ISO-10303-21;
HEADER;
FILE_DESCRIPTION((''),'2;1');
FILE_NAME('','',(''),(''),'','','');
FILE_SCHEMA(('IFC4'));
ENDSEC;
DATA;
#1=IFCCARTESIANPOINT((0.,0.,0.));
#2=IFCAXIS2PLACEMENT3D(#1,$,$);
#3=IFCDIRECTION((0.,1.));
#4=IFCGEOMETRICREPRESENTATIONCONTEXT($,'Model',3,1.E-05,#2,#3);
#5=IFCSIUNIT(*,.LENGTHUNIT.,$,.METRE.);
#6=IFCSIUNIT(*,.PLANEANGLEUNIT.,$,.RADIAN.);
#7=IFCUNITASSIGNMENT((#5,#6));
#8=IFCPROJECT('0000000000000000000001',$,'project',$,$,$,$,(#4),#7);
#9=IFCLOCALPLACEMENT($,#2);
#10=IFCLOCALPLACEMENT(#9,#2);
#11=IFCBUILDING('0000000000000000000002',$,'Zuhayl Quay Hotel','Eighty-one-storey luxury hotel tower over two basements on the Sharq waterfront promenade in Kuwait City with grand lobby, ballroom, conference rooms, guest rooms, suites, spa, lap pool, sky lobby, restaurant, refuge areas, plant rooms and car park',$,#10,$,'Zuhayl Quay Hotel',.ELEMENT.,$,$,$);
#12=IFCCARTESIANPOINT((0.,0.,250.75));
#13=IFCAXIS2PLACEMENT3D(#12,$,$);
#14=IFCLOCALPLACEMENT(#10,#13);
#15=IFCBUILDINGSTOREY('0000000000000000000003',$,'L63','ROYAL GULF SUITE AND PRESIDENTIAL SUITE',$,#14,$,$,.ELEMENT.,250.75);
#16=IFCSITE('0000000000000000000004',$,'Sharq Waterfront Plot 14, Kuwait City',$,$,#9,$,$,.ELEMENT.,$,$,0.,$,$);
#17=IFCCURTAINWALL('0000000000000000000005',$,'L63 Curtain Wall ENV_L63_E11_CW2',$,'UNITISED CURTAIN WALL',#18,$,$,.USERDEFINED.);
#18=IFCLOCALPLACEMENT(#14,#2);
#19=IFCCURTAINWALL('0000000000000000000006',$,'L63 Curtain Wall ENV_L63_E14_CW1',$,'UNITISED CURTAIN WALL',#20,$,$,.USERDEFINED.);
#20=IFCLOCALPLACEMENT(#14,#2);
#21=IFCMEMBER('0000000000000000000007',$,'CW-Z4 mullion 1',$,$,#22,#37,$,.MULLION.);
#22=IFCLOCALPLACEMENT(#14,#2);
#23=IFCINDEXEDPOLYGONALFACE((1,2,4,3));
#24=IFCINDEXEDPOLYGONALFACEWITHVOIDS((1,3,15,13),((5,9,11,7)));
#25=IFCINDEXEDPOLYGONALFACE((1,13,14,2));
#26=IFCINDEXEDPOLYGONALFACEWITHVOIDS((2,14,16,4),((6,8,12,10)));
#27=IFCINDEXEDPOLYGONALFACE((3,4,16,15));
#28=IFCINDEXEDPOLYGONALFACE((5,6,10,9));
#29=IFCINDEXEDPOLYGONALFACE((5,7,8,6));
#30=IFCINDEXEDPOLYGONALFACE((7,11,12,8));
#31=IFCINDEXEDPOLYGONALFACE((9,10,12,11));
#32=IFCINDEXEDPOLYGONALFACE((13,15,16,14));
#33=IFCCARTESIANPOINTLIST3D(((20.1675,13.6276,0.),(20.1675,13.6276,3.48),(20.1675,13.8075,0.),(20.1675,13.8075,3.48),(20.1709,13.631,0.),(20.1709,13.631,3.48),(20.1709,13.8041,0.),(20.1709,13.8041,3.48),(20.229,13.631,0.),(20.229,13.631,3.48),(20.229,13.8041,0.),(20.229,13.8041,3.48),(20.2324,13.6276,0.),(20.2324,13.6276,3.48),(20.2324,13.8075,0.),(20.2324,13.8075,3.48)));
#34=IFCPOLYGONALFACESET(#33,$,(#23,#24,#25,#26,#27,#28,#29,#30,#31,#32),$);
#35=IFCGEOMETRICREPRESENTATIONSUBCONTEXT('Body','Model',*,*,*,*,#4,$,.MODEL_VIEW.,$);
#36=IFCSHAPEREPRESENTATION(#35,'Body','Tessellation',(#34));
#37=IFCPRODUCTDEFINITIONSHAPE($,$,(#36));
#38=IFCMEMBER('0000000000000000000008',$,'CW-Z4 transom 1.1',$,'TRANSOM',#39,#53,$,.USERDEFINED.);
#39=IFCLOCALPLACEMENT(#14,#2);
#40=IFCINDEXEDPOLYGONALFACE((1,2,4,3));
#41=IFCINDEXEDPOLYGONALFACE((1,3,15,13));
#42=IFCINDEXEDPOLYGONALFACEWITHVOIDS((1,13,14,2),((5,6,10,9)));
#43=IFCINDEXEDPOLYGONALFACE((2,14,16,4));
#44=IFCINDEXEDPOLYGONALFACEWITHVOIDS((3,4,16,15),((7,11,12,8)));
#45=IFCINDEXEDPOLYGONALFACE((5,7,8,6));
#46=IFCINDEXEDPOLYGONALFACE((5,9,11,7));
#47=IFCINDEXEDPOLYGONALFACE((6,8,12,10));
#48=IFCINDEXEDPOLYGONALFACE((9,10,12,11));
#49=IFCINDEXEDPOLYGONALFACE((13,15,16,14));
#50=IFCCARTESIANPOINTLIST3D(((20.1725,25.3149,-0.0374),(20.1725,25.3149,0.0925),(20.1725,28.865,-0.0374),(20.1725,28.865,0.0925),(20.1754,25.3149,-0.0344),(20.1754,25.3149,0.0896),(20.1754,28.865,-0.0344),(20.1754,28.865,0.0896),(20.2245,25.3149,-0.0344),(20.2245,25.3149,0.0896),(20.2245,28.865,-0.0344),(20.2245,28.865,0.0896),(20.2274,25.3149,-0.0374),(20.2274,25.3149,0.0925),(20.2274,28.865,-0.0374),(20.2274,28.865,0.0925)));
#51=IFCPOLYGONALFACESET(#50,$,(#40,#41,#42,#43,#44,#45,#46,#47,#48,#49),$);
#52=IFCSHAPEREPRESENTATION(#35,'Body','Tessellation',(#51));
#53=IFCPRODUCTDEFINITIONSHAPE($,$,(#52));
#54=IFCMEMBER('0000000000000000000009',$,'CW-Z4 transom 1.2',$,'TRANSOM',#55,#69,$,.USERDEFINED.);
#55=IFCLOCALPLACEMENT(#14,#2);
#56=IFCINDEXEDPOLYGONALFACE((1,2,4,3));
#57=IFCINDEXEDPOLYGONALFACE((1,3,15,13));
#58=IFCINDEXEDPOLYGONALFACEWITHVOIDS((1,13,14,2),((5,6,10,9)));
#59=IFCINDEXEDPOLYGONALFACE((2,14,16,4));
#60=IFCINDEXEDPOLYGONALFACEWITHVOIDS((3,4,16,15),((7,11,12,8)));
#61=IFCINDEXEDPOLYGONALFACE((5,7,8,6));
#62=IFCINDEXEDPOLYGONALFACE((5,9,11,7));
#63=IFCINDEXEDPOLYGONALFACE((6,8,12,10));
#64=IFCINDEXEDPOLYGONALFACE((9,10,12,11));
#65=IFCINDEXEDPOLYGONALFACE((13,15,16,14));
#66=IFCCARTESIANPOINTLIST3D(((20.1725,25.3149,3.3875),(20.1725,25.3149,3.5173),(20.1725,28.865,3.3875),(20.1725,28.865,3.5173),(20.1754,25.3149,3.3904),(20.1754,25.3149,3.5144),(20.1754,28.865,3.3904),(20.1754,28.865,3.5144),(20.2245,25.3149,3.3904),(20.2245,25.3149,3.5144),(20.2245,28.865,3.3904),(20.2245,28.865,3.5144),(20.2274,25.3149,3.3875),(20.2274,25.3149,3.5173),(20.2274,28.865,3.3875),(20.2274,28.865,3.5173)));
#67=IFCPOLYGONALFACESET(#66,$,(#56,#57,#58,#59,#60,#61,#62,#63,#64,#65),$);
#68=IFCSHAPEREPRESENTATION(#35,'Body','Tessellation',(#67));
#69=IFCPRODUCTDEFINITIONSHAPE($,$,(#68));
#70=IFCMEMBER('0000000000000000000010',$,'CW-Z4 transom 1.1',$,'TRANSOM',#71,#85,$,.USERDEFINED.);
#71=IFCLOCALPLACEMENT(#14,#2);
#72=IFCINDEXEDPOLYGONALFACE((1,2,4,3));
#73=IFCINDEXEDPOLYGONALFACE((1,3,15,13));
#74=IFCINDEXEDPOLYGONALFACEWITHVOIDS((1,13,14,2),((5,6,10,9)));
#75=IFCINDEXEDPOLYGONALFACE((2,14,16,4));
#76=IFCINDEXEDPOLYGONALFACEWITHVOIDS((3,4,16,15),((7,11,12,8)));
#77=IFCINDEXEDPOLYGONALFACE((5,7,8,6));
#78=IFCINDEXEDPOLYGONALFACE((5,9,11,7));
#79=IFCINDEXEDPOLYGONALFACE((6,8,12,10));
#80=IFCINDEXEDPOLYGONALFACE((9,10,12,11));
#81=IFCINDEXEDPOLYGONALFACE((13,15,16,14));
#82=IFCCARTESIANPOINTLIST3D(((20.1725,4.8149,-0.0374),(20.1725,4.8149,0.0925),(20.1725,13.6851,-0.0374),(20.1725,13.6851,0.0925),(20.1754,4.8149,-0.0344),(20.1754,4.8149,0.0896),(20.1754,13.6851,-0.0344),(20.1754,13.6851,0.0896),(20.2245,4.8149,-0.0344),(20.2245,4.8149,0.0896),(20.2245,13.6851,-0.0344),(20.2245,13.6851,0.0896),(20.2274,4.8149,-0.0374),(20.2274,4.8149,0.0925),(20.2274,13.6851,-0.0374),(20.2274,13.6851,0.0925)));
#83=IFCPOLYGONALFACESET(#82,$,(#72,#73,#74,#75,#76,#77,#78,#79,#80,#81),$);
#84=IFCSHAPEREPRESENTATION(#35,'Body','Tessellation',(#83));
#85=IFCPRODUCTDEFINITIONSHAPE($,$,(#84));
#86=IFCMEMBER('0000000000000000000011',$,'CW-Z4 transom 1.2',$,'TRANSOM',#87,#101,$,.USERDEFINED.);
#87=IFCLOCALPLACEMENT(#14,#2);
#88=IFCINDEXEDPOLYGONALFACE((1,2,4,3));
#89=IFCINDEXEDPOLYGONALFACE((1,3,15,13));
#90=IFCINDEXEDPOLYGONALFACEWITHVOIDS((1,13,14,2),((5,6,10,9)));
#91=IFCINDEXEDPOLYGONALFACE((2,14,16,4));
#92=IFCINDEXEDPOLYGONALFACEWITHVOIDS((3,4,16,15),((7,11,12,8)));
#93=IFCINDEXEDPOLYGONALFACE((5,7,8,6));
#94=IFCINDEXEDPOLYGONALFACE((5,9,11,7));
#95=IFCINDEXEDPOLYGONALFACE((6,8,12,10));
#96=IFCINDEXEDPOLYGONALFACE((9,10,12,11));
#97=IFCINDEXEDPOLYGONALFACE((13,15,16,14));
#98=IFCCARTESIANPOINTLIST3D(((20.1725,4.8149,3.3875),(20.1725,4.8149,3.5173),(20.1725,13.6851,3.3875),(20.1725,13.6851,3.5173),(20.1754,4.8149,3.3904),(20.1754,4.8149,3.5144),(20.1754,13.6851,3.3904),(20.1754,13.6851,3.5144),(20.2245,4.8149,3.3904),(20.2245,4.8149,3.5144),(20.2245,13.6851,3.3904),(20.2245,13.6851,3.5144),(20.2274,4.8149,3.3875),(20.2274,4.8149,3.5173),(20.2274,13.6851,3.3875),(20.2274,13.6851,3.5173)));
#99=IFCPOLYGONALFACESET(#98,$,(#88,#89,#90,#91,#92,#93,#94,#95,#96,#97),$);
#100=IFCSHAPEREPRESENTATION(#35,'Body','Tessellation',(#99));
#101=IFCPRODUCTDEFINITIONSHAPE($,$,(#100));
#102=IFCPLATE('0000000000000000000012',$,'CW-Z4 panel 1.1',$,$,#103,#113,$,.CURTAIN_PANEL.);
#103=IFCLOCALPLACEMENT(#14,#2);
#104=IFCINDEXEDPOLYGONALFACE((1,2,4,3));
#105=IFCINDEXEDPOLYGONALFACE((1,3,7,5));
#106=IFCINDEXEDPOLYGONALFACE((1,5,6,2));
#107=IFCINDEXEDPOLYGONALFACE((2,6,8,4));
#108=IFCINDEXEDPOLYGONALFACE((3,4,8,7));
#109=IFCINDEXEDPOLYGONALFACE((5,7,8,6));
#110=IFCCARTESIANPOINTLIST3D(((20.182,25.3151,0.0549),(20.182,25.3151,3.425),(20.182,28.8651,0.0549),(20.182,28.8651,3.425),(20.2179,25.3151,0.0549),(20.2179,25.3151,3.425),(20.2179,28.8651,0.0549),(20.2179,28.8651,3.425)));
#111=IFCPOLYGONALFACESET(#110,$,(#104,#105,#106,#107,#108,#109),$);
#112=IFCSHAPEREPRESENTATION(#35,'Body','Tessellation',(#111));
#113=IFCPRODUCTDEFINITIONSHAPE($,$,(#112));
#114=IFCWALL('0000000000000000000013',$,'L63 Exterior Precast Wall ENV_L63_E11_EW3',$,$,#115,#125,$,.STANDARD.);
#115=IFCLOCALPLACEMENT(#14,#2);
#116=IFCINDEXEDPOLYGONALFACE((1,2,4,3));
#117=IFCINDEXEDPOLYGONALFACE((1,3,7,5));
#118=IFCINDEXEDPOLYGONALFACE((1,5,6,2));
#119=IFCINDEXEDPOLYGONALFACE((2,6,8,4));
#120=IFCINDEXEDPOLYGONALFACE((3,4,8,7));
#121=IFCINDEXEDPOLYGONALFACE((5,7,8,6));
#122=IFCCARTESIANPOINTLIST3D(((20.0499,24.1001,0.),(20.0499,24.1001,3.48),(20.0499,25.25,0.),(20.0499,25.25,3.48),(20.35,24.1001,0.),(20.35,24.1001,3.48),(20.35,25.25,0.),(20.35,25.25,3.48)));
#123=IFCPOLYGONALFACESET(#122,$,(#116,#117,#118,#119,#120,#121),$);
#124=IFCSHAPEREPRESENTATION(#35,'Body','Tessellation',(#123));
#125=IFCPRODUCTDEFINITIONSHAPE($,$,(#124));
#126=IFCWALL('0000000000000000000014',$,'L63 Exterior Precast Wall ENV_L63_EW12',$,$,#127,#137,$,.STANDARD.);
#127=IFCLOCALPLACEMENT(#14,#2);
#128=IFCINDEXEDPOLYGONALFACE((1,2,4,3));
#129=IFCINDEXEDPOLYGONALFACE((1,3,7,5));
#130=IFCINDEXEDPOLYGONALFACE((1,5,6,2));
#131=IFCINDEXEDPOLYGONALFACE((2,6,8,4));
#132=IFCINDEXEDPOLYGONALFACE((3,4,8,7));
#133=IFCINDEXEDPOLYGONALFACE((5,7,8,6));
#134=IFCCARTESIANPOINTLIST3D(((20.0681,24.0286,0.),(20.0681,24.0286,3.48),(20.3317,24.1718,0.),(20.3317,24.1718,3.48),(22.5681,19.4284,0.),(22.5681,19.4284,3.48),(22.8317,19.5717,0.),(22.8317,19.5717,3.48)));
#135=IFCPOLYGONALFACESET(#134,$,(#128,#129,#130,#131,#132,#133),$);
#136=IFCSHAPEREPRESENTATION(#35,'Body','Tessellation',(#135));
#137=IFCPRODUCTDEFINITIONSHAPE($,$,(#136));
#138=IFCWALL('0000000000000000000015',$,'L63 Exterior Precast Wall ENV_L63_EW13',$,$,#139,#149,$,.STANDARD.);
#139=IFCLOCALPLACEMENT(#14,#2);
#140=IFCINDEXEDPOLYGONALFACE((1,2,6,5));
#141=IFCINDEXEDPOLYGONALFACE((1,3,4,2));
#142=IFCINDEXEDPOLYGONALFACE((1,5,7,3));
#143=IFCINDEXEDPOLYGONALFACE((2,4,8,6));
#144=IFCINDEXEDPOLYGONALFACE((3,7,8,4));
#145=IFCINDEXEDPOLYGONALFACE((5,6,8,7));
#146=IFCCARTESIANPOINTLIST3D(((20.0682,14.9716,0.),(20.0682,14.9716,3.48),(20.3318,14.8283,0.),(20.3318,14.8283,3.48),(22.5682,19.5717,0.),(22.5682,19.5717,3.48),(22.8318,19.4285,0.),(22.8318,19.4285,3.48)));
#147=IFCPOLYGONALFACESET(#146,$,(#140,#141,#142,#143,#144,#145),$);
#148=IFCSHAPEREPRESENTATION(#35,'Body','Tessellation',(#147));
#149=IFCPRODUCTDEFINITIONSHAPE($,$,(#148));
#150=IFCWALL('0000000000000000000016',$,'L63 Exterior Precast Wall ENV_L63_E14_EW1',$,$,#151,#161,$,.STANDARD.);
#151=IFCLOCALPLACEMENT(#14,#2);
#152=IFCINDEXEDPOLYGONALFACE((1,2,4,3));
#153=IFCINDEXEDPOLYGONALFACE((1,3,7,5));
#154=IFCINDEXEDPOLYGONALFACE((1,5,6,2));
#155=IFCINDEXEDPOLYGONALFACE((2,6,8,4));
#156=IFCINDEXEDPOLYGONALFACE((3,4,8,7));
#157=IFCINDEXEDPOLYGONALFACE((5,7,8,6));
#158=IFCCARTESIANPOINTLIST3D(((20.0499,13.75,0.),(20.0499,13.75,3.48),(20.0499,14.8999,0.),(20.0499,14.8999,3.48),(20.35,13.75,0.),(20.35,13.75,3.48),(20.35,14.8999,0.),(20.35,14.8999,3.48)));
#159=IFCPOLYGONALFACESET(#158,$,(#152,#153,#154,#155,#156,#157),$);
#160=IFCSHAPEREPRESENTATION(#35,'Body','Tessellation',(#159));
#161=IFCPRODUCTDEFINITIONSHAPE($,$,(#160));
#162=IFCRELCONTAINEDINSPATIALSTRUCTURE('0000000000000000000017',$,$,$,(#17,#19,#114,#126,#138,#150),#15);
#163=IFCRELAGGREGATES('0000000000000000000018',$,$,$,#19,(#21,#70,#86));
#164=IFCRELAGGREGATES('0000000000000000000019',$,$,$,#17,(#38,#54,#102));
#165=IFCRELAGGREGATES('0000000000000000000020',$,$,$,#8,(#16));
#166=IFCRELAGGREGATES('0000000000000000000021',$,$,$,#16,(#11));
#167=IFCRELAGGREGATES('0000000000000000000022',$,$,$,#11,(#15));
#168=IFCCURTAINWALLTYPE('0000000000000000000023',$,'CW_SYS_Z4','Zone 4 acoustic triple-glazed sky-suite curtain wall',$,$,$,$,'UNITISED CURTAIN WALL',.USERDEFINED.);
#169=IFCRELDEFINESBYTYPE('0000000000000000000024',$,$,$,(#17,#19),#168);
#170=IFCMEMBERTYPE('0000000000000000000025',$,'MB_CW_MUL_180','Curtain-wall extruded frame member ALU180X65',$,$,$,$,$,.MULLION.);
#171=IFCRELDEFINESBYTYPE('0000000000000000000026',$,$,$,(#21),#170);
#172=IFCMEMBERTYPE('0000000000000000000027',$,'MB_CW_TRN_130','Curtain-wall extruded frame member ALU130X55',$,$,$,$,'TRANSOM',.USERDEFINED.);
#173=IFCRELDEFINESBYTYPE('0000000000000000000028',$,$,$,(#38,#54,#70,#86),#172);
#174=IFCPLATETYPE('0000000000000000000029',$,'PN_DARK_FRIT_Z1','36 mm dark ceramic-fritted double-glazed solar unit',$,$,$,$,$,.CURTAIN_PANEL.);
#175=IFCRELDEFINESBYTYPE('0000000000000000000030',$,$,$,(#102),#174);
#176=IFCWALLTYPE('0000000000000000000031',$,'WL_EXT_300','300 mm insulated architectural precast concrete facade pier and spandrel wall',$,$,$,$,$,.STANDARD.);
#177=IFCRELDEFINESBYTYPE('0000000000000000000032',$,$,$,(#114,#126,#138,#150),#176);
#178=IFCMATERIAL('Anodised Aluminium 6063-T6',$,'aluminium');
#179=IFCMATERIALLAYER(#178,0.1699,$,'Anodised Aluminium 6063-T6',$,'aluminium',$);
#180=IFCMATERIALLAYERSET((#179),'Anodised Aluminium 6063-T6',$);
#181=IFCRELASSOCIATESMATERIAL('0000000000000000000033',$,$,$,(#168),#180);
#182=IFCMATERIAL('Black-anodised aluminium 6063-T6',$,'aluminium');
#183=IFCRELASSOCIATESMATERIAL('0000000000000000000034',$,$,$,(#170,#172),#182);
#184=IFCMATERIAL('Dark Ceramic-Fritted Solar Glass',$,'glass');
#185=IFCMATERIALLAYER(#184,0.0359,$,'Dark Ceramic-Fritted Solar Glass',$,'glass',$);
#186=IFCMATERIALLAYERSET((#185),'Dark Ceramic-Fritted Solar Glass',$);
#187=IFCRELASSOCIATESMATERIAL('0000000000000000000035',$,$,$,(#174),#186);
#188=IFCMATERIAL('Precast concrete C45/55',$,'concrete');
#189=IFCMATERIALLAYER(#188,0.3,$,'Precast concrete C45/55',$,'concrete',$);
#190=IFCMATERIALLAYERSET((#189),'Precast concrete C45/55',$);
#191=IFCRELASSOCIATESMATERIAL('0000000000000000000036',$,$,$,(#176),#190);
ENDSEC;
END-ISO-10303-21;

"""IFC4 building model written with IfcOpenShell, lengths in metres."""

from ifc_helpers import new_model, si_unit, direction, frame, frame_2d, origin, origin_2d, place, context, subcontext, project, spatial, rectangle, hollow_rectangle, extrude, material, layer, layer_set, material_profile, profile_set, type_object, element, aggregate, save


model = new_model("IFC4")

# Units and contexts
model_context = context("Model", 3, precision=1e-05, world=origin(), true_north=direction((0.0, 1.0)))
body_context = subcontext(model_context, "Body", "Model", "MODEL_VIEW")
ifc_project = project(units=[si_unit("LENGTHUNIT", "METRE"), si_unit("PLANEANGLEUNIT", "RADIAN")], contexts=[model_context])

# Site, building, storey
site_placement = place(None, origin())
site = spatial("IfcSite", under=ifc_project, at=site_placement, Name="Sharq Waterfront Plot 14, Kuwait City", CompositionType="ELEMENT", RefElevation=0.0)
building_placement = place(site_placement, origin())
building = spatial("IfcBuilding", under=site, at=building_placement, Name="Zuhayl Quay Hotel", Description="Eighty-one-storey luxury hotel tower over two basements on the Sharq waterfront promenade in Kuwait City with grand lobby, ballroom, conference rooms, guest rooms, suites, spa, lap pool, sky lobby, restaurant, refuge areas, plant rooms and car park", LongName="Zuhayl Quay Hotel", CompositionType="ELEMENT")
storey_placement = place(building_placement, frame((0.0, 0.0, 250.75)))
storey = spatial("IfcBuildingStorey", under=building, at=storey_placement, Name="L63", Description="ROYAL GULF SUITE AND PRESIDENTIAL SUITE", CompositionType="ELEMENT", Elevation=250.75)

# Curtain wall
ifc_material_1 = material(Name="Anodised Aluminium 6063-T6", Category="aluminium")
ifc_layer_1 = layer(ifc_material_1, 0.1699, Name="Anodised Aluminium 6063-T6", Category="aluminium")
ifc_layer_set_1 = layer_set([ifc_layer_1], Name="Anodised Aluminium 6063-T6")
curtain_wall_type = type_object("IfcCurtainWallType", Name="CW_SYS_Z4", Description="Zone 4 acoustic triple-glazed sky-suite curtain wall", ElementType="UNITISED CURTAIN WALL", PredefinedType="USERDEFINED", material=ifc_layer_set_1)
curtain_wall_1_placement = place(storey_placement, origin())
curtain_wall_1 = element("IfcCurtainWall", 1, at=curtain_wall_1_placement, inside=storey, type_object=curtain_wall_type, Name="L63 Curtain Wall ENV_L63_E11_CW2", ObjectType="UNITISED CURTAIN WALL", PredefinedType="USERDEFINED")
ifc_material_2 = material(Name="Black-anodised aluminium 6063-T6", Category="aluminium")
ifc_material_profile_1 = material_profile(ifc_material_2, hollow_rectangle(XDim=0.0649, YDim=0.1799, WallThickness=0.0034, at=origin_2d()), Name="ALU180X65")
ifc_profile_set_1 = profile_set([ifc_material_profile_1], Name="Black-anodised aluminium 6063-T6")
member_type_1 = type_object("IfcMemberType", Name="MB_CW_MUL_180", Description="Curtain-wall extruded frame member ALU180X65", PredefinedType="MULLION", material=ifc_profile_set_1)

# Curtain wall, member
curtain_wall_2_placement = place(storey_placement, origin())
curtain_wall_2 = element("IfcCurtainWall", 2, at=curtain_wall_2_placement, inside=storey, type_object=curtain_wall_type, Name="L63 Curtain Wall ENV_L63_E14_CW1", ObjectType="UNITISED CURTAIN WALL", PredefinedType="USERDEFINED")
member_1_placement = place(storey_placement, frame((20.2, 13.7175, 0.0), z_axis=(0.0, 0.0, 1.0), x_axis=(1.0, 0.0, 0.0)))
member_1 = element("IfcMember", 3, at=member_1_placement, type_object=member_type_1, Name="CW-Z4 mullion 1", PredefinedType="MULLION", context=body_context, shape_type="SweptSolid", body=[
    extrude(hollow_rectangle(XDim=0.0649, YDim=0.1799, WallThickness=0.0034, at=origin_2d()), origin(), (0.0, 0.0, 1.0), 3.48),
])

# Members
ifc_material_profile_2 = material_profile(ifc_material_2, hollow_rectangle(XDim=0.0549, YDim=0.1299, WallThickness=0.0029, at=origin_2d()), Name="ALU130X55")
ifc_profile_set_2 = profile_set([ifc_material_profile_2], Name="Black-anodised aluminium 6063-T6")
member_type_2 = type_object("IfcMemberType", Name="MB_CW_TRN_130", Description="Curtain-wall extruded frame member ALU130X55", ElementType="TRANSOM", PredefinedType="USERDEFINED", material=ifc_profile_set_2)
member_2_placement = place(storey_placement, frame((20.2, 28.865, 0.0276), z_axis=(0.0, -1.0, 0.0), x_axis=(1.0, 0.0, 0.0)))
member_2 = element("IfcMember", 4, at=member_2_placement, type_object=member_type_2, Name="CW-Z4 transom 1.1", ObjectType="TRANSOM", PredefinedType="USERDEFINED", context=body_context, shape_type="SweptSolid", body=[
    extrude(hollow_rectangle(XDim=0.0549, YDim=0.1299, WallThickness=0.0029, at=origin_2d()), origin(), (0.0, 0.0, 1.0), 3.55),
])
member_3_placement = place(storey_placement, frame((20.2, 28.865, 3.4524), z_axis=(0.0, -1.0, 0.0), x_axis=(1.0, 0.0, 0.0)))
member_3 = element("IfcMember", 5, at=member_3_placement, type_object=member_type_2, Name="CW-Z4 transom 1.2", ObjectType="TRANSOM", PredefinedType="USERDEFINED", context=body_context, shape_type="SweptSolid", body=[
    extrude(hollow_rectangle(XDim=0.0549, YDim=0.1299, WallThickness=0.0029, at=origin_2d()), origin(), (0.0, 0.0, 1.0), 3.55),
])
member_4_placement = place(storey_placement, frame((20.2, 13.6851, 0.0276), z_axis=(0.0, -1.0, 0.0), x_axis=(1.0, 0.0, 0.0)))
member_4 = element("IfcMember", 6, at=member_4_placement, type_object=member_type_2, Name="CW-Z4 transom 1.1", ObjectType="TRANSOM", PredefinedType="USERDEFINED", context=body_context, shape_type="SweptSolid", body=[
    extrude(hollow_rectangle(XDim=0.0549, YDim=0.1299, WallThickness=0.0029, at=origin_2d()), origin(), (0.0, 0.0, 1.0), 8.8701),
])
member_5_placement = place(storey_placement, frame((20.2, 13.6851, 3.4524), z_axis=(0.0, -1.0, 0.0), x_axis=(1.0, 0.0, 0.0)))
member_5 = element("IfcMember", 7, at=member_5_placement, type_object=member_type_2, Name="CW-Z4 transom 1.2", ObjectType="TRANSOM", PredefinedType="USERDEFINED", context=body_context, shape_type="SweptSolid", body=[
    extrude(hollow_rectangle(XDim=0.0549, YDim=0.1299, WallThickness=0.0029, at=origin_2d()), origin(), (0.0, 0.0, 1.0), 8.8701),
])
aggregate(curtain_wall_2, [member_1, member_4, member_5])

# Plate
ifc_material_3 = material(Name="Dark Ceramic-Fritted Solar Glass", Category="glass")
ifc_layer_2 = layer(ifc_material_3, 0.0359, Name="Dark Ceramic-Fritted Solar Glass", Category="glass")
ifc_layer_set_2 = layer_set([ifc_layer_2], Name="Dark Ceramic-Fritted Solar Glass")
plate_type = type_object("IfcPlateType", Name="PN_DARK_FRIT_Z1", Description="36 mm dark ceramic-fritted double-glazed solar unit", PredefinedType="CURTAIN_PANEL", material=ifc_layer_set_2)
plate_placement = place(storey_placement, frame((20.2, 27.0901, 0.0549), z_axis=(0.0, 0.0, 1.0), x_axis=(0.0, -1.0, 0.0)))
plate = element("IfcPlate", 8, at=plate_placement, type_object=plate_type, Name="CW-Z4 panel 1.1", PredefinedType="CURTAIN_PANEL", context=body_context, shape_type="SweptSolid", body=[
    extrude(rectangle(XDim=3.55, YDim=0.0359, at=origin_2d()), origin(), (0.0, 0.0, 1.0), 3.3701),
])
aggregate(curtain_wall_1, [member_2, member_3, plate])

# Walls
ifc_material_4 = material(Name="Precast concrete C45/55", Category="concrete")
ifc_layer_3 = layer(ifc_material_4, 0.3, Name="Precast concrete C45/55", Category="concrete")
ifc_layer_set_3 = layer_set([ifc_layer_3], Name="Precast concrete C45/55")
wall_type = type_object("IfcWallType", Name="WL_EXT_300", Description="300 mm insulated architectural precast concrete facade pier and spandrel wall", PredefinedType="STANDARD", material=ifc_layer_set_3)
wall_1_placement = place(storey_placement, frame((20.2, 25.25, 0.0), z_axis=(0.0, 0.0, 1.0), x_axis=(0.0, -1.0, 0.0)))
element("IfcWall", 9, at=wall_1_placement, inside=storey, type_object=wall_type, Name="L63 Exterior Precast Wall ENV_L63_E11_EW3", PredefinedType="STANDARD", context=body_context, shape_type="SweptSolid", body=[
    extrude(rectangle(XDim=1.1499, YDim=0.3, at=frame_2d((0.575, 0.0))), origin(), (0.0, 0.0, 1.0), 3.48),
])
for number, where, z_axis, x_axis, name in (
    (10, (20.2, 24.1001, 0.0), (0.0, 0.0, 1.0), (0.477505, -0.878629, 0.0), "L63 Exterior Precast Wall ENV_L63_EW12"),
    (11, (22.7, 19.5, 0.0), (0.0, 0.0, 1.0), (-0.477505, -0.878629, 0.0), "L63 Exterior Precast Wall ENV_L63_EW13"),
):
    element("IfcWall", number, at=place(storey_placement, frame(where, z_axis=z_axis, x_axis=x_axis)), inside=storey, type_object=wall_type, Name=name, PredefinedType="STANDARD", context=body_context, shape_type="SweptSolid", body=[
        extrude(rectangle(XDim=5.2356, YDim=0.3, at=frame_2d((2.6177, 0.0))), origin(), (0.0, 0.0, 1.0), 3.48),
    ])
wall_2_placement = place(storey_placement, frame((20.2, 14.8999, 0.0), z_axis=(0.0, 0.0, 1.0), x_axis=(0.0, -1.0, 0.0)))
element("IfcWall", 12, at=wall_2_placement, inside=storey, type_object=wall_type, Name="L63 Exterior Precast Wall ENV_L63_E14_EW1", PredefinedType="STANDARD", context=body_context, shape_type="SweptSolid", body=[
    extrude(rectangle(XDim=1.1499, YDim=0.3, at=frame_2d((0.575, 0.0))), origin(), (0.0, 0.0, 1.0), 3.48),
])

save(model, "model.ifc")
